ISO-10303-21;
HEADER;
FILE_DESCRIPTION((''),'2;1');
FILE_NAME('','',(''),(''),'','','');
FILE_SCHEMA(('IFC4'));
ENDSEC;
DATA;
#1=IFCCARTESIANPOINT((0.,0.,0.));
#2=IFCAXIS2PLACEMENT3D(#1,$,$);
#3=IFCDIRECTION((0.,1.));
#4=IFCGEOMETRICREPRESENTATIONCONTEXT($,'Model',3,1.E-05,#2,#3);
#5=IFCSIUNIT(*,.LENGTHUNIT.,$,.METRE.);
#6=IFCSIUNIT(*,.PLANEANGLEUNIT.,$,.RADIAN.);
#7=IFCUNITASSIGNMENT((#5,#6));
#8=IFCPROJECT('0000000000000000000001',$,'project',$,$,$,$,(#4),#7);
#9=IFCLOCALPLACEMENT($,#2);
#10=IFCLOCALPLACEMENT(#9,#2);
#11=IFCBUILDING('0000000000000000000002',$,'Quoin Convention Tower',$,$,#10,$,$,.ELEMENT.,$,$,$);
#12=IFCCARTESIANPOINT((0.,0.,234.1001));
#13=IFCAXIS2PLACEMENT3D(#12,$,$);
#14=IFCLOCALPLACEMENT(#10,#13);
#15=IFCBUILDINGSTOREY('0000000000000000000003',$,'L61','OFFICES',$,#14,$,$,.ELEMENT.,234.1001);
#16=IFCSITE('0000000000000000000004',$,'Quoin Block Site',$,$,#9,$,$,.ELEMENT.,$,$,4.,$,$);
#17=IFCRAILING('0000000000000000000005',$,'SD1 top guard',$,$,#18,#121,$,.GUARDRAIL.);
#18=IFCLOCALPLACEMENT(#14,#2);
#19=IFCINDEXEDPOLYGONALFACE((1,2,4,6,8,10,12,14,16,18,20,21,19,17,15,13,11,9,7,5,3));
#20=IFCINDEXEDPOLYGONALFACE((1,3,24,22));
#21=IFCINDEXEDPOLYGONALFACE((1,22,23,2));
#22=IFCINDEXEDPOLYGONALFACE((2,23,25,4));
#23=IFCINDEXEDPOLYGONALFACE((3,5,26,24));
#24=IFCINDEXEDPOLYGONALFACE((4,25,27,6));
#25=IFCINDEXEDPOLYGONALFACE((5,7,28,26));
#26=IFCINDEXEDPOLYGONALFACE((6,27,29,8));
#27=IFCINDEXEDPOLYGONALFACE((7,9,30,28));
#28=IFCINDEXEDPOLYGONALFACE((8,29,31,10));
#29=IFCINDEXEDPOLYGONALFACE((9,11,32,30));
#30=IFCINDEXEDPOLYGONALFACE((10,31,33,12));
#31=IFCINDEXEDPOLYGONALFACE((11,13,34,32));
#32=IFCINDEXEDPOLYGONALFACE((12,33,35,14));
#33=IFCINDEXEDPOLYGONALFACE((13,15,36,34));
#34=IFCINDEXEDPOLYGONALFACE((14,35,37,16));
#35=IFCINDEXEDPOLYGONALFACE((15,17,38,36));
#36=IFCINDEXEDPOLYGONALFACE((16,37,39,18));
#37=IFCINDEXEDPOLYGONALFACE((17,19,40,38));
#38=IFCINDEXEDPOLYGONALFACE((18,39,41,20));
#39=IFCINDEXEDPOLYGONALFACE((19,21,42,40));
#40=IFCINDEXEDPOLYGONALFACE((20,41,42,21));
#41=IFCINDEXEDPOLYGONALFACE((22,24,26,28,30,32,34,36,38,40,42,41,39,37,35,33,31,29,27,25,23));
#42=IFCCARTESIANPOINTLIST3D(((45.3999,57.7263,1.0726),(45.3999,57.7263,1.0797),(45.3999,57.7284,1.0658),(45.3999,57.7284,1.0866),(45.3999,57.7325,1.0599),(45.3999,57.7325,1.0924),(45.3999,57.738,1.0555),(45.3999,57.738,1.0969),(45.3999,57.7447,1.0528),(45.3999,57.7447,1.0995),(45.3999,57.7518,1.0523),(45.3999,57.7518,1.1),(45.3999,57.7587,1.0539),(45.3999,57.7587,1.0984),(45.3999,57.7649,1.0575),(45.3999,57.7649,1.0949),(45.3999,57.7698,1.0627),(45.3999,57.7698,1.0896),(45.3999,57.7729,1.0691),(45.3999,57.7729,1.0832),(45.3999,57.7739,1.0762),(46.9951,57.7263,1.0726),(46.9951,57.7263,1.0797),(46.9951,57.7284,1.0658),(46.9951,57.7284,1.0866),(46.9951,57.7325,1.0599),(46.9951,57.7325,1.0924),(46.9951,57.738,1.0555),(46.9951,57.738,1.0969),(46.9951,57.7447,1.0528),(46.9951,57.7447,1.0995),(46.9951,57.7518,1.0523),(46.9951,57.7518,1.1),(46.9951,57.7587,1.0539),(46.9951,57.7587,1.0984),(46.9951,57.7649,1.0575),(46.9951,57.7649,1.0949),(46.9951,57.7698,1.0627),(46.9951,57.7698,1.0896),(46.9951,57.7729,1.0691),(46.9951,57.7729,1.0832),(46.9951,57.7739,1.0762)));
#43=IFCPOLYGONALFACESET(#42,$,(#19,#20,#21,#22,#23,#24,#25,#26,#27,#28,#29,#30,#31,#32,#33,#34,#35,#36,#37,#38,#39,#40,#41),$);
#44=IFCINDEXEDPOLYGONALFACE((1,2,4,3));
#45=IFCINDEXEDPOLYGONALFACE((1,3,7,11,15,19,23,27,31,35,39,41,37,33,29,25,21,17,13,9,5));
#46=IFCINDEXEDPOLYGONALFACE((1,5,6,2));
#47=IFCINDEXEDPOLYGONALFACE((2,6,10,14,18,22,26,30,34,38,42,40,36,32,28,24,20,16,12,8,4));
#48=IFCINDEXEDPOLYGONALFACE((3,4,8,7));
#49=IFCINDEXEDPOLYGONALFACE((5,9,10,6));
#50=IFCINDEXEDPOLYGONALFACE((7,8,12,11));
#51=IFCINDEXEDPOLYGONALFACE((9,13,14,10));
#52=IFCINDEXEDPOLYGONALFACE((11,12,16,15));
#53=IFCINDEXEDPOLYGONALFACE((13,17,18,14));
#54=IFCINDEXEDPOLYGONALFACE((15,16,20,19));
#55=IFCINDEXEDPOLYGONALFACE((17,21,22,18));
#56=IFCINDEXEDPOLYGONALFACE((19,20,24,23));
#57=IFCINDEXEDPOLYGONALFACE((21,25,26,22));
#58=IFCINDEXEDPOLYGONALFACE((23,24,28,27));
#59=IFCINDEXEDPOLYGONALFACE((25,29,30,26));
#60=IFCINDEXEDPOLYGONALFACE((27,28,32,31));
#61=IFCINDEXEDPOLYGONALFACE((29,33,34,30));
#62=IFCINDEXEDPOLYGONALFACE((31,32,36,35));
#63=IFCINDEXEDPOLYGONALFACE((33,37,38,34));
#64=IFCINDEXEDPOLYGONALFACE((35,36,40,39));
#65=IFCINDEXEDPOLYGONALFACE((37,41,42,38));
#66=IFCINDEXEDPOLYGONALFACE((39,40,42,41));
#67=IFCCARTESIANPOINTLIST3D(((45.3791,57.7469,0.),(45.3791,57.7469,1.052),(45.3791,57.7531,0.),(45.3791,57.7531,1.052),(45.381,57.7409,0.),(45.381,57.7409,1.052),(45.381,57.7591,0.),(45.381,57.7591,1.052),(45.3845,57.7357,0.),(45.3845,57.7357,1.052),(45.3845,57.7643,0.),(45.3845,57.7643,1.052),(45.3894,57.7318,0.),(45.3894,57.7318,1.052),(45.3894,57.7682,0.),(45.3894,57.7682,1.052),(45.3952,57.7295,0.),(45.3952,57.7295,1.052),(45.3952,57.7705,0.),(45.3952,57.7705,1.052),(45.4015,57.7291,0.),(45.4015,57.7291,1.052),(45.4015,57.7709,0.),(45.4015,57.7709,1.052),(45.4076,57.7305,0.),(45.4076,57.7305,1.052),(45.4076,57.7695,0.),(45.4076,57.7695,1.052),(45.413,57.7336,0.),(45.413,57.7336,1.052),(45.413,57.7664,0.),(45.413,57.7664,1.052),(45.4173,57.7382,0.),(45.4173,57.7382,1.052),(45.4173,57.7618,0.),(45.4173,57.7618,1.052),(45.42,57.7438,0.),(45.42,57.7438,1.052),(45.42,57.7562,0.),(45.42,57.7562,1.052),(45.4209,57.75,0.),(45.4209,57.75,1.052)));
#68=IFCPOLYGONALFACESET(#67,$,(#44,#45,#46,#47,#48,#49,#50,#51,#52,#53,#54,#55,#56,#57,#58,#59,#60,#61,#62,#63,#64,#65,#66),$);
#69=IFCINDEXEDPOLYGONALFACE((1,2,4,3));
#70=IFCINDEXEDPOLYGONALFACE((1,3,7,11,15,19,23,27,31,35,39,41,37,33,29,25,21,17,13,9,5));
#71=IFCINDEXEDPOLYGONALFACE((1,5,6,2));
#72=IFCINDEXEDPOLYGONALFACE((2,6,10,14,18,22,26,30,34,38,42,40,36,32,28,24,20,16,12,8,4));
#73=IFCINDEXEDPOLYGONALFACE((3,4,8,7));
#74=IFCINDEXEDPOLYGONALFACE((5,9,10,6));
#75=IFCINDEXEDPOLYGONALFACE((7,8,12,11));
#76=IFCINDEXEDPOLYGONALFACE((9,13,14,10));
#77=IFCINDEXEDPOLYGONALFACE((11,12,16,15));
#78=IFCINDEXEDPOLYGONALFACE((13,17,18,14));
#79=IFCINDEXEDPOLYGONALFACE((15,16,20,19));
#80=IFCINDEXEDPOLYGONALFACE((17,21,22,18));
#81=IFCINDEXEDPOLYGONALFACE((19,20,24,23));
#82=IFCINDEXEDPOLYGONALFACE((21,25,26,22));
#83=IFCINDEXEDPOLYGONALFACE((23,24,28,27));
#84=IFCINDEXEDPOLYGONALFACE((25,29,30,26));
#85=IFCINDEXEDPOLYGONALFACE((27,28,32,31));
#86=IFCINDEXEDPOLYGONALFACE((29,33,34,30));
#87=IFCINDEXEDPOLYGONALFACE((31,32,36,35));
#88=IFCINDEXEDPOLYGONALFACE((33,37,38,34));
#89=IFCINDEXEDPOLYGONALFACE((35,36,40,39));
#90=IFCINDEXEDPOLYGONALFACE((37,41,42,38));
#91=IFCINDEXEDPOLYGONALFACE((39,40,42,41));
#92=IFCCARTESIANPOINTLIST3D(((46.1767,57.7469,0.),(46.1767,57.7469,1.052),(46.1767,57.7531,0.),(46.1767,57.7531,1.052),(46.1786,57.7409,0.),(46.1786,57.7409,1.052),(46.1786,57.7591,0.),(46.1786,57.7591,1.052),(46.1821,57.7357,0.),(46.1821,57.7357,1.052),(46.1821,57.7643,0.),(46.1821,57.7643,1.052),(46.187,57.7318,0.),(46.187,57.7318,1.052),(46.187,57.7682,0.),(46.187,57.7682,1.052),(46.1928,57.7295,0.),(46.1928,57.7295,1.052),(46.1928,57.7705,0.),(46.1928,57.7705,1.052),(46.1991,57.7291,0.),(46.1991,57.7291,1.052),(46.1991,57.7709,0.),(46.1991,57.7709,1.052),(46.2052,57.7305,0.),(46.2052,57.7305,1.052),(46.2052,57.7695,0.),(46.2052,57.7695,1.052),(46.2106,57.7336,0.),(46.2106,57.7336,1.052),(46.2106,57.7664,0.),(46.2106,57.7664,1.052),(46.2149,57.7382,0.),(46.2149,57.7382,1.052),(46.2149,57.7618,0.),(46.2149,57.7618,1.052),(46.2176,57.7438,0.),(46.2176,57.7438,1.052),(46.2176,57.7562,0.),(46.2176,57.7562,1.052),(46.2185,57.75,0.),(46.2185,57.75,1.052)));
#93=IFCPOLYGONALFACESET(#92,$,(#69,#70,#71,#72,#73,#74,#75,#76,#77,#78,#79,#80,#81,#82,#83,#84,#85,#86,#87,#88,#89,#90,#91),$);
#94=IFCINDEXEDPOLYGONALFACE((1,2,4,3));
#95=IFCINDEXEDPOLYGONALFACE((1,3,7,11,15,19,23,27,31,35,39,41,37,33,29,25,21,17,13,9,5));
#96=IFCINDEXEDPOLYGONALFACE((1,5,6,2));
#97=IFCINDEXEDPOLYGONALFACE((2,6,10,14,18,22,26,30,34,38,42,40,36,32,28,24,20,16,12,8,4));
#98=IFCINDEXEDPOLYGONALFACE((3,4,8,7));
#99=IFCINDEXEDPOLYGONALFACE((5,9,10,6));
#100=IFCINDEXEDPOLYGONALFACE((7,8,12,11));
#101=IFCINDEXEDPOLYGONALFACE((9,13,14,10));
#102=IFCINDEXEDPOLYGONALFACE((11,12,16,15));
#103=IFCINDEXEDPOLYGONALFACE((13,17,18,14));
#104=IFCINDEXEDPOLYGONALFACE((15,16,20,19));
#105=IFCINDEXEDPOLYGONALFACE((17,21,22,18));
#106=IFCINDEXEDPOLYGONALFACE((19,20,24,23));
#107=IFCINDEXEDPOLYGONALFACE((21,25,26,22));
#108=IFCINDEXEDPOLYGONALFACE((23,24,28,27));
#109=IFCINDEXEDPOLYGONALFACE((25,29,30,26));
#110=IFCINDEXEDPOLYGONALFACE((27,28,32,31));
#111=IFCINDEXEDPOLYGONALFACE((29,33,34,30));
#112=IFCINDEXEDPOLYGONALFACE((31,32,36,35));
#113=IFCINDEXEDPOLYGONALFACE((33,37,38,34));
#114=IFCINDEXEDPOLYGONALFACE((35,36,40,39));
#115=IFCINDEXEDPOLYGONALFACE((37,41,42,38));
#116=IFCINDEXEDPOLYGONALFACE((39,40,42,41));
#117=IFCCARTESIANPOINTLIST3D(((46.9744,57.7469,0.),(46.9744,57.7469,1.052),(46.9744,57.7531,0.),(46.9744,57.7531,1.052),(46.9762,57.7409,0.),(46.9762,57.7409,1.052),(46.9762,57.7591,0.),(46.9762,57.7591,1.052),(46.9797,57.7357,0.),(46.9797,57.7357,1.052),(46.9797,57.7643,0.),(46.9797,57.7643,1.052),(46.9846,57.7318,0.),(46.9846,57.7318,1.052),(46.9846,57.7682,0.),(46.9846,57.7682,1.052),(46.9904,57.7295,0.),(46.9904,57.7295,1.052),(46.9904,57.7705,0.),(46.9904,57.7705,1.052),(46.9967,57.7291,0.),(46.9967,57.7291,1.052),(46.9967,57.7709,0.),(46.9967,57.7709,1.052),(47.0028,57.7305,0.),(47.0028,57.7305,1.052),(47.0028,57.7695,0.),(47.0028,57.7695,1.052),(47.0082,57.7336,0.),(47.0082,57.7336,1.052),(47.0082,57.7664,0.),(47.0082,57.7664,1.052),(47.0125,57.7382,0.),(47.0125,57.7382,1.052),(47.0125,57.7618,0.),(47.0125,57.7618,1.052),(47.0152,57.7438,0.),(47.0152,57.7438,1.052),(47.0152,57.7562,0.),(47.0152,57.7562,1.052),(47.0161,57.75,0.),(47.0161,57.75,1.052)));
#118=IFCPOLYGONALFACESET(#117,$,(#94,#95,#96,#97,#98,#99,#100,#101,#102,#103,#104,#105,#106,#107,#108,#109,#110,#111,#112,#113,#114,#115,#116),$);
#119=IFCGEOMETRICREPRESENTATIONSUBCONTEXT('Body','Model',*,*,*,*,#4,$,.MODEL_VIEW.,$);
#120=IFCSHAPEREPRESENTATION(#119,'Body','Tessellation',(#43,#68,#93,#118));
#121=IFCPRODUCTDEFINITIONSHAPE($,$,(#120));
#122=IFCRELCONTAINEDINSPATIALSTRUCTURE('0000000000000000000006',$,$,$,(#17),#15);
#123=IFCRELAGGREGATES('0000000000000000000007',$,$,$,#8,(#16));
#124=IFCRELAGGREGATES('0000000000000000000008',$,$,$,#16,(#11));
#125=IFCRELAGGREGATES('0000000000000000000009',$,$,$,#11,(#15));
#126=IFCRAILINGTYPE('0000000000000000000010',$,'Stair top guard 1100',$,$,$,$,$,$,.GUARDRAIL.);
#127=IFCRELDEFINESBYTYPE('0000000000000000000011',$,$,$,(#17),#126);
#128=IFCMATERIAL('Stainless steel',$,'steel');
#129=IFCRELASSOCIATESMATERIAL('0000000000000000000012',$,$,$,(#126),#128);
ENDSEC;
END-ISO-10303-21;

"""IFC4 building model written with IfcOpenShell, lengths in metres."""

from ifc_helpers import new_model, si_unit, direction, frame, origin, origin_2d, place, context, subcontext, project, spatial, circle, extrude, material, type_object, element, save


model = new_model("IFC4")

# Units and contexts
model_context = context("Model", 3, precision=1e-05, world=origin(), true_north=direction((0.0, 1.0)))
body_context = subcontext(model_context, "Body", "Model", "MODEL_VIEW")
ifc_project = project(units=[si_unit("LENGTHUNIT", "METRE"), si_unit("PLANEANGLEUNIT", "RADIAN")], contexts=[model_context])

# Site, building, storey
site_placement = place(None, origin())
site = spatial("IfcSite", under=ifc_project, at=site_placement, Name="Quoin Block Site", CompositionType="ELEMENT", RefElevation=4.0)
building_placement = place(site_placement, origin())
building = spatial("IfcBuilding", under=site, at=building_placement, Name="Quoin Convention Tower", CompositionType="ELEMENT")
storey_placement = place(building_placement, frame((0.0, 0.0, 234.1001)))
storey = spatial("IfcBuildingStorey", under=building, at=storey_placement, Name="L61", Description="OFFICES", CompositionType="ELEMENT", Elevation=234.1001)

# Railing
ifc_material_1 = material(Name="Stainless steel", Category="steel")
railing_type_1 = type_object("IfcRailingType", Name="Stair top guard 1100", PredefinedType="GUARDRAIL", material=ifc_material_1)
railing_1_placement = place(storey_placement, frame((45.3999, 57.75, 0.0)))
element("IfcRailing", 1, at=railing_1_placement, inside=storey, type_object=railing_type_1, Name="SD1 top guard", PredefinedType="GUARDRAIL", context=body_context, shape_type="SweptSolid", body=[
    extrude(circle(Radius=0.0239, at=origin_2d()), frame((0.0, 0.0, 1.0762), z_axis=(1.0, 0.0, 0.0), x_axis=(0.0, 1.0, 0.0)), (0.0, 0.0, 1.0), 1.5952),
    extrude(circle(Radius=0.021, at=origin_2d()), origin(), (0.0, 0.0, 1.0), 1.052),
    extrude(circle(Radius=0.021, at=origin_2d()), frame((0.7976, 0.0, 0.0)), (0.0, 0.0, 1.0), 1.052),
    extrude(circle(Radius=0.021, at=origin_2d()), frame((1.5952, 0.0, 0.0)), (0.0, 0.0, 1.0), 1.052),
])

save(model, "model.ifc")
